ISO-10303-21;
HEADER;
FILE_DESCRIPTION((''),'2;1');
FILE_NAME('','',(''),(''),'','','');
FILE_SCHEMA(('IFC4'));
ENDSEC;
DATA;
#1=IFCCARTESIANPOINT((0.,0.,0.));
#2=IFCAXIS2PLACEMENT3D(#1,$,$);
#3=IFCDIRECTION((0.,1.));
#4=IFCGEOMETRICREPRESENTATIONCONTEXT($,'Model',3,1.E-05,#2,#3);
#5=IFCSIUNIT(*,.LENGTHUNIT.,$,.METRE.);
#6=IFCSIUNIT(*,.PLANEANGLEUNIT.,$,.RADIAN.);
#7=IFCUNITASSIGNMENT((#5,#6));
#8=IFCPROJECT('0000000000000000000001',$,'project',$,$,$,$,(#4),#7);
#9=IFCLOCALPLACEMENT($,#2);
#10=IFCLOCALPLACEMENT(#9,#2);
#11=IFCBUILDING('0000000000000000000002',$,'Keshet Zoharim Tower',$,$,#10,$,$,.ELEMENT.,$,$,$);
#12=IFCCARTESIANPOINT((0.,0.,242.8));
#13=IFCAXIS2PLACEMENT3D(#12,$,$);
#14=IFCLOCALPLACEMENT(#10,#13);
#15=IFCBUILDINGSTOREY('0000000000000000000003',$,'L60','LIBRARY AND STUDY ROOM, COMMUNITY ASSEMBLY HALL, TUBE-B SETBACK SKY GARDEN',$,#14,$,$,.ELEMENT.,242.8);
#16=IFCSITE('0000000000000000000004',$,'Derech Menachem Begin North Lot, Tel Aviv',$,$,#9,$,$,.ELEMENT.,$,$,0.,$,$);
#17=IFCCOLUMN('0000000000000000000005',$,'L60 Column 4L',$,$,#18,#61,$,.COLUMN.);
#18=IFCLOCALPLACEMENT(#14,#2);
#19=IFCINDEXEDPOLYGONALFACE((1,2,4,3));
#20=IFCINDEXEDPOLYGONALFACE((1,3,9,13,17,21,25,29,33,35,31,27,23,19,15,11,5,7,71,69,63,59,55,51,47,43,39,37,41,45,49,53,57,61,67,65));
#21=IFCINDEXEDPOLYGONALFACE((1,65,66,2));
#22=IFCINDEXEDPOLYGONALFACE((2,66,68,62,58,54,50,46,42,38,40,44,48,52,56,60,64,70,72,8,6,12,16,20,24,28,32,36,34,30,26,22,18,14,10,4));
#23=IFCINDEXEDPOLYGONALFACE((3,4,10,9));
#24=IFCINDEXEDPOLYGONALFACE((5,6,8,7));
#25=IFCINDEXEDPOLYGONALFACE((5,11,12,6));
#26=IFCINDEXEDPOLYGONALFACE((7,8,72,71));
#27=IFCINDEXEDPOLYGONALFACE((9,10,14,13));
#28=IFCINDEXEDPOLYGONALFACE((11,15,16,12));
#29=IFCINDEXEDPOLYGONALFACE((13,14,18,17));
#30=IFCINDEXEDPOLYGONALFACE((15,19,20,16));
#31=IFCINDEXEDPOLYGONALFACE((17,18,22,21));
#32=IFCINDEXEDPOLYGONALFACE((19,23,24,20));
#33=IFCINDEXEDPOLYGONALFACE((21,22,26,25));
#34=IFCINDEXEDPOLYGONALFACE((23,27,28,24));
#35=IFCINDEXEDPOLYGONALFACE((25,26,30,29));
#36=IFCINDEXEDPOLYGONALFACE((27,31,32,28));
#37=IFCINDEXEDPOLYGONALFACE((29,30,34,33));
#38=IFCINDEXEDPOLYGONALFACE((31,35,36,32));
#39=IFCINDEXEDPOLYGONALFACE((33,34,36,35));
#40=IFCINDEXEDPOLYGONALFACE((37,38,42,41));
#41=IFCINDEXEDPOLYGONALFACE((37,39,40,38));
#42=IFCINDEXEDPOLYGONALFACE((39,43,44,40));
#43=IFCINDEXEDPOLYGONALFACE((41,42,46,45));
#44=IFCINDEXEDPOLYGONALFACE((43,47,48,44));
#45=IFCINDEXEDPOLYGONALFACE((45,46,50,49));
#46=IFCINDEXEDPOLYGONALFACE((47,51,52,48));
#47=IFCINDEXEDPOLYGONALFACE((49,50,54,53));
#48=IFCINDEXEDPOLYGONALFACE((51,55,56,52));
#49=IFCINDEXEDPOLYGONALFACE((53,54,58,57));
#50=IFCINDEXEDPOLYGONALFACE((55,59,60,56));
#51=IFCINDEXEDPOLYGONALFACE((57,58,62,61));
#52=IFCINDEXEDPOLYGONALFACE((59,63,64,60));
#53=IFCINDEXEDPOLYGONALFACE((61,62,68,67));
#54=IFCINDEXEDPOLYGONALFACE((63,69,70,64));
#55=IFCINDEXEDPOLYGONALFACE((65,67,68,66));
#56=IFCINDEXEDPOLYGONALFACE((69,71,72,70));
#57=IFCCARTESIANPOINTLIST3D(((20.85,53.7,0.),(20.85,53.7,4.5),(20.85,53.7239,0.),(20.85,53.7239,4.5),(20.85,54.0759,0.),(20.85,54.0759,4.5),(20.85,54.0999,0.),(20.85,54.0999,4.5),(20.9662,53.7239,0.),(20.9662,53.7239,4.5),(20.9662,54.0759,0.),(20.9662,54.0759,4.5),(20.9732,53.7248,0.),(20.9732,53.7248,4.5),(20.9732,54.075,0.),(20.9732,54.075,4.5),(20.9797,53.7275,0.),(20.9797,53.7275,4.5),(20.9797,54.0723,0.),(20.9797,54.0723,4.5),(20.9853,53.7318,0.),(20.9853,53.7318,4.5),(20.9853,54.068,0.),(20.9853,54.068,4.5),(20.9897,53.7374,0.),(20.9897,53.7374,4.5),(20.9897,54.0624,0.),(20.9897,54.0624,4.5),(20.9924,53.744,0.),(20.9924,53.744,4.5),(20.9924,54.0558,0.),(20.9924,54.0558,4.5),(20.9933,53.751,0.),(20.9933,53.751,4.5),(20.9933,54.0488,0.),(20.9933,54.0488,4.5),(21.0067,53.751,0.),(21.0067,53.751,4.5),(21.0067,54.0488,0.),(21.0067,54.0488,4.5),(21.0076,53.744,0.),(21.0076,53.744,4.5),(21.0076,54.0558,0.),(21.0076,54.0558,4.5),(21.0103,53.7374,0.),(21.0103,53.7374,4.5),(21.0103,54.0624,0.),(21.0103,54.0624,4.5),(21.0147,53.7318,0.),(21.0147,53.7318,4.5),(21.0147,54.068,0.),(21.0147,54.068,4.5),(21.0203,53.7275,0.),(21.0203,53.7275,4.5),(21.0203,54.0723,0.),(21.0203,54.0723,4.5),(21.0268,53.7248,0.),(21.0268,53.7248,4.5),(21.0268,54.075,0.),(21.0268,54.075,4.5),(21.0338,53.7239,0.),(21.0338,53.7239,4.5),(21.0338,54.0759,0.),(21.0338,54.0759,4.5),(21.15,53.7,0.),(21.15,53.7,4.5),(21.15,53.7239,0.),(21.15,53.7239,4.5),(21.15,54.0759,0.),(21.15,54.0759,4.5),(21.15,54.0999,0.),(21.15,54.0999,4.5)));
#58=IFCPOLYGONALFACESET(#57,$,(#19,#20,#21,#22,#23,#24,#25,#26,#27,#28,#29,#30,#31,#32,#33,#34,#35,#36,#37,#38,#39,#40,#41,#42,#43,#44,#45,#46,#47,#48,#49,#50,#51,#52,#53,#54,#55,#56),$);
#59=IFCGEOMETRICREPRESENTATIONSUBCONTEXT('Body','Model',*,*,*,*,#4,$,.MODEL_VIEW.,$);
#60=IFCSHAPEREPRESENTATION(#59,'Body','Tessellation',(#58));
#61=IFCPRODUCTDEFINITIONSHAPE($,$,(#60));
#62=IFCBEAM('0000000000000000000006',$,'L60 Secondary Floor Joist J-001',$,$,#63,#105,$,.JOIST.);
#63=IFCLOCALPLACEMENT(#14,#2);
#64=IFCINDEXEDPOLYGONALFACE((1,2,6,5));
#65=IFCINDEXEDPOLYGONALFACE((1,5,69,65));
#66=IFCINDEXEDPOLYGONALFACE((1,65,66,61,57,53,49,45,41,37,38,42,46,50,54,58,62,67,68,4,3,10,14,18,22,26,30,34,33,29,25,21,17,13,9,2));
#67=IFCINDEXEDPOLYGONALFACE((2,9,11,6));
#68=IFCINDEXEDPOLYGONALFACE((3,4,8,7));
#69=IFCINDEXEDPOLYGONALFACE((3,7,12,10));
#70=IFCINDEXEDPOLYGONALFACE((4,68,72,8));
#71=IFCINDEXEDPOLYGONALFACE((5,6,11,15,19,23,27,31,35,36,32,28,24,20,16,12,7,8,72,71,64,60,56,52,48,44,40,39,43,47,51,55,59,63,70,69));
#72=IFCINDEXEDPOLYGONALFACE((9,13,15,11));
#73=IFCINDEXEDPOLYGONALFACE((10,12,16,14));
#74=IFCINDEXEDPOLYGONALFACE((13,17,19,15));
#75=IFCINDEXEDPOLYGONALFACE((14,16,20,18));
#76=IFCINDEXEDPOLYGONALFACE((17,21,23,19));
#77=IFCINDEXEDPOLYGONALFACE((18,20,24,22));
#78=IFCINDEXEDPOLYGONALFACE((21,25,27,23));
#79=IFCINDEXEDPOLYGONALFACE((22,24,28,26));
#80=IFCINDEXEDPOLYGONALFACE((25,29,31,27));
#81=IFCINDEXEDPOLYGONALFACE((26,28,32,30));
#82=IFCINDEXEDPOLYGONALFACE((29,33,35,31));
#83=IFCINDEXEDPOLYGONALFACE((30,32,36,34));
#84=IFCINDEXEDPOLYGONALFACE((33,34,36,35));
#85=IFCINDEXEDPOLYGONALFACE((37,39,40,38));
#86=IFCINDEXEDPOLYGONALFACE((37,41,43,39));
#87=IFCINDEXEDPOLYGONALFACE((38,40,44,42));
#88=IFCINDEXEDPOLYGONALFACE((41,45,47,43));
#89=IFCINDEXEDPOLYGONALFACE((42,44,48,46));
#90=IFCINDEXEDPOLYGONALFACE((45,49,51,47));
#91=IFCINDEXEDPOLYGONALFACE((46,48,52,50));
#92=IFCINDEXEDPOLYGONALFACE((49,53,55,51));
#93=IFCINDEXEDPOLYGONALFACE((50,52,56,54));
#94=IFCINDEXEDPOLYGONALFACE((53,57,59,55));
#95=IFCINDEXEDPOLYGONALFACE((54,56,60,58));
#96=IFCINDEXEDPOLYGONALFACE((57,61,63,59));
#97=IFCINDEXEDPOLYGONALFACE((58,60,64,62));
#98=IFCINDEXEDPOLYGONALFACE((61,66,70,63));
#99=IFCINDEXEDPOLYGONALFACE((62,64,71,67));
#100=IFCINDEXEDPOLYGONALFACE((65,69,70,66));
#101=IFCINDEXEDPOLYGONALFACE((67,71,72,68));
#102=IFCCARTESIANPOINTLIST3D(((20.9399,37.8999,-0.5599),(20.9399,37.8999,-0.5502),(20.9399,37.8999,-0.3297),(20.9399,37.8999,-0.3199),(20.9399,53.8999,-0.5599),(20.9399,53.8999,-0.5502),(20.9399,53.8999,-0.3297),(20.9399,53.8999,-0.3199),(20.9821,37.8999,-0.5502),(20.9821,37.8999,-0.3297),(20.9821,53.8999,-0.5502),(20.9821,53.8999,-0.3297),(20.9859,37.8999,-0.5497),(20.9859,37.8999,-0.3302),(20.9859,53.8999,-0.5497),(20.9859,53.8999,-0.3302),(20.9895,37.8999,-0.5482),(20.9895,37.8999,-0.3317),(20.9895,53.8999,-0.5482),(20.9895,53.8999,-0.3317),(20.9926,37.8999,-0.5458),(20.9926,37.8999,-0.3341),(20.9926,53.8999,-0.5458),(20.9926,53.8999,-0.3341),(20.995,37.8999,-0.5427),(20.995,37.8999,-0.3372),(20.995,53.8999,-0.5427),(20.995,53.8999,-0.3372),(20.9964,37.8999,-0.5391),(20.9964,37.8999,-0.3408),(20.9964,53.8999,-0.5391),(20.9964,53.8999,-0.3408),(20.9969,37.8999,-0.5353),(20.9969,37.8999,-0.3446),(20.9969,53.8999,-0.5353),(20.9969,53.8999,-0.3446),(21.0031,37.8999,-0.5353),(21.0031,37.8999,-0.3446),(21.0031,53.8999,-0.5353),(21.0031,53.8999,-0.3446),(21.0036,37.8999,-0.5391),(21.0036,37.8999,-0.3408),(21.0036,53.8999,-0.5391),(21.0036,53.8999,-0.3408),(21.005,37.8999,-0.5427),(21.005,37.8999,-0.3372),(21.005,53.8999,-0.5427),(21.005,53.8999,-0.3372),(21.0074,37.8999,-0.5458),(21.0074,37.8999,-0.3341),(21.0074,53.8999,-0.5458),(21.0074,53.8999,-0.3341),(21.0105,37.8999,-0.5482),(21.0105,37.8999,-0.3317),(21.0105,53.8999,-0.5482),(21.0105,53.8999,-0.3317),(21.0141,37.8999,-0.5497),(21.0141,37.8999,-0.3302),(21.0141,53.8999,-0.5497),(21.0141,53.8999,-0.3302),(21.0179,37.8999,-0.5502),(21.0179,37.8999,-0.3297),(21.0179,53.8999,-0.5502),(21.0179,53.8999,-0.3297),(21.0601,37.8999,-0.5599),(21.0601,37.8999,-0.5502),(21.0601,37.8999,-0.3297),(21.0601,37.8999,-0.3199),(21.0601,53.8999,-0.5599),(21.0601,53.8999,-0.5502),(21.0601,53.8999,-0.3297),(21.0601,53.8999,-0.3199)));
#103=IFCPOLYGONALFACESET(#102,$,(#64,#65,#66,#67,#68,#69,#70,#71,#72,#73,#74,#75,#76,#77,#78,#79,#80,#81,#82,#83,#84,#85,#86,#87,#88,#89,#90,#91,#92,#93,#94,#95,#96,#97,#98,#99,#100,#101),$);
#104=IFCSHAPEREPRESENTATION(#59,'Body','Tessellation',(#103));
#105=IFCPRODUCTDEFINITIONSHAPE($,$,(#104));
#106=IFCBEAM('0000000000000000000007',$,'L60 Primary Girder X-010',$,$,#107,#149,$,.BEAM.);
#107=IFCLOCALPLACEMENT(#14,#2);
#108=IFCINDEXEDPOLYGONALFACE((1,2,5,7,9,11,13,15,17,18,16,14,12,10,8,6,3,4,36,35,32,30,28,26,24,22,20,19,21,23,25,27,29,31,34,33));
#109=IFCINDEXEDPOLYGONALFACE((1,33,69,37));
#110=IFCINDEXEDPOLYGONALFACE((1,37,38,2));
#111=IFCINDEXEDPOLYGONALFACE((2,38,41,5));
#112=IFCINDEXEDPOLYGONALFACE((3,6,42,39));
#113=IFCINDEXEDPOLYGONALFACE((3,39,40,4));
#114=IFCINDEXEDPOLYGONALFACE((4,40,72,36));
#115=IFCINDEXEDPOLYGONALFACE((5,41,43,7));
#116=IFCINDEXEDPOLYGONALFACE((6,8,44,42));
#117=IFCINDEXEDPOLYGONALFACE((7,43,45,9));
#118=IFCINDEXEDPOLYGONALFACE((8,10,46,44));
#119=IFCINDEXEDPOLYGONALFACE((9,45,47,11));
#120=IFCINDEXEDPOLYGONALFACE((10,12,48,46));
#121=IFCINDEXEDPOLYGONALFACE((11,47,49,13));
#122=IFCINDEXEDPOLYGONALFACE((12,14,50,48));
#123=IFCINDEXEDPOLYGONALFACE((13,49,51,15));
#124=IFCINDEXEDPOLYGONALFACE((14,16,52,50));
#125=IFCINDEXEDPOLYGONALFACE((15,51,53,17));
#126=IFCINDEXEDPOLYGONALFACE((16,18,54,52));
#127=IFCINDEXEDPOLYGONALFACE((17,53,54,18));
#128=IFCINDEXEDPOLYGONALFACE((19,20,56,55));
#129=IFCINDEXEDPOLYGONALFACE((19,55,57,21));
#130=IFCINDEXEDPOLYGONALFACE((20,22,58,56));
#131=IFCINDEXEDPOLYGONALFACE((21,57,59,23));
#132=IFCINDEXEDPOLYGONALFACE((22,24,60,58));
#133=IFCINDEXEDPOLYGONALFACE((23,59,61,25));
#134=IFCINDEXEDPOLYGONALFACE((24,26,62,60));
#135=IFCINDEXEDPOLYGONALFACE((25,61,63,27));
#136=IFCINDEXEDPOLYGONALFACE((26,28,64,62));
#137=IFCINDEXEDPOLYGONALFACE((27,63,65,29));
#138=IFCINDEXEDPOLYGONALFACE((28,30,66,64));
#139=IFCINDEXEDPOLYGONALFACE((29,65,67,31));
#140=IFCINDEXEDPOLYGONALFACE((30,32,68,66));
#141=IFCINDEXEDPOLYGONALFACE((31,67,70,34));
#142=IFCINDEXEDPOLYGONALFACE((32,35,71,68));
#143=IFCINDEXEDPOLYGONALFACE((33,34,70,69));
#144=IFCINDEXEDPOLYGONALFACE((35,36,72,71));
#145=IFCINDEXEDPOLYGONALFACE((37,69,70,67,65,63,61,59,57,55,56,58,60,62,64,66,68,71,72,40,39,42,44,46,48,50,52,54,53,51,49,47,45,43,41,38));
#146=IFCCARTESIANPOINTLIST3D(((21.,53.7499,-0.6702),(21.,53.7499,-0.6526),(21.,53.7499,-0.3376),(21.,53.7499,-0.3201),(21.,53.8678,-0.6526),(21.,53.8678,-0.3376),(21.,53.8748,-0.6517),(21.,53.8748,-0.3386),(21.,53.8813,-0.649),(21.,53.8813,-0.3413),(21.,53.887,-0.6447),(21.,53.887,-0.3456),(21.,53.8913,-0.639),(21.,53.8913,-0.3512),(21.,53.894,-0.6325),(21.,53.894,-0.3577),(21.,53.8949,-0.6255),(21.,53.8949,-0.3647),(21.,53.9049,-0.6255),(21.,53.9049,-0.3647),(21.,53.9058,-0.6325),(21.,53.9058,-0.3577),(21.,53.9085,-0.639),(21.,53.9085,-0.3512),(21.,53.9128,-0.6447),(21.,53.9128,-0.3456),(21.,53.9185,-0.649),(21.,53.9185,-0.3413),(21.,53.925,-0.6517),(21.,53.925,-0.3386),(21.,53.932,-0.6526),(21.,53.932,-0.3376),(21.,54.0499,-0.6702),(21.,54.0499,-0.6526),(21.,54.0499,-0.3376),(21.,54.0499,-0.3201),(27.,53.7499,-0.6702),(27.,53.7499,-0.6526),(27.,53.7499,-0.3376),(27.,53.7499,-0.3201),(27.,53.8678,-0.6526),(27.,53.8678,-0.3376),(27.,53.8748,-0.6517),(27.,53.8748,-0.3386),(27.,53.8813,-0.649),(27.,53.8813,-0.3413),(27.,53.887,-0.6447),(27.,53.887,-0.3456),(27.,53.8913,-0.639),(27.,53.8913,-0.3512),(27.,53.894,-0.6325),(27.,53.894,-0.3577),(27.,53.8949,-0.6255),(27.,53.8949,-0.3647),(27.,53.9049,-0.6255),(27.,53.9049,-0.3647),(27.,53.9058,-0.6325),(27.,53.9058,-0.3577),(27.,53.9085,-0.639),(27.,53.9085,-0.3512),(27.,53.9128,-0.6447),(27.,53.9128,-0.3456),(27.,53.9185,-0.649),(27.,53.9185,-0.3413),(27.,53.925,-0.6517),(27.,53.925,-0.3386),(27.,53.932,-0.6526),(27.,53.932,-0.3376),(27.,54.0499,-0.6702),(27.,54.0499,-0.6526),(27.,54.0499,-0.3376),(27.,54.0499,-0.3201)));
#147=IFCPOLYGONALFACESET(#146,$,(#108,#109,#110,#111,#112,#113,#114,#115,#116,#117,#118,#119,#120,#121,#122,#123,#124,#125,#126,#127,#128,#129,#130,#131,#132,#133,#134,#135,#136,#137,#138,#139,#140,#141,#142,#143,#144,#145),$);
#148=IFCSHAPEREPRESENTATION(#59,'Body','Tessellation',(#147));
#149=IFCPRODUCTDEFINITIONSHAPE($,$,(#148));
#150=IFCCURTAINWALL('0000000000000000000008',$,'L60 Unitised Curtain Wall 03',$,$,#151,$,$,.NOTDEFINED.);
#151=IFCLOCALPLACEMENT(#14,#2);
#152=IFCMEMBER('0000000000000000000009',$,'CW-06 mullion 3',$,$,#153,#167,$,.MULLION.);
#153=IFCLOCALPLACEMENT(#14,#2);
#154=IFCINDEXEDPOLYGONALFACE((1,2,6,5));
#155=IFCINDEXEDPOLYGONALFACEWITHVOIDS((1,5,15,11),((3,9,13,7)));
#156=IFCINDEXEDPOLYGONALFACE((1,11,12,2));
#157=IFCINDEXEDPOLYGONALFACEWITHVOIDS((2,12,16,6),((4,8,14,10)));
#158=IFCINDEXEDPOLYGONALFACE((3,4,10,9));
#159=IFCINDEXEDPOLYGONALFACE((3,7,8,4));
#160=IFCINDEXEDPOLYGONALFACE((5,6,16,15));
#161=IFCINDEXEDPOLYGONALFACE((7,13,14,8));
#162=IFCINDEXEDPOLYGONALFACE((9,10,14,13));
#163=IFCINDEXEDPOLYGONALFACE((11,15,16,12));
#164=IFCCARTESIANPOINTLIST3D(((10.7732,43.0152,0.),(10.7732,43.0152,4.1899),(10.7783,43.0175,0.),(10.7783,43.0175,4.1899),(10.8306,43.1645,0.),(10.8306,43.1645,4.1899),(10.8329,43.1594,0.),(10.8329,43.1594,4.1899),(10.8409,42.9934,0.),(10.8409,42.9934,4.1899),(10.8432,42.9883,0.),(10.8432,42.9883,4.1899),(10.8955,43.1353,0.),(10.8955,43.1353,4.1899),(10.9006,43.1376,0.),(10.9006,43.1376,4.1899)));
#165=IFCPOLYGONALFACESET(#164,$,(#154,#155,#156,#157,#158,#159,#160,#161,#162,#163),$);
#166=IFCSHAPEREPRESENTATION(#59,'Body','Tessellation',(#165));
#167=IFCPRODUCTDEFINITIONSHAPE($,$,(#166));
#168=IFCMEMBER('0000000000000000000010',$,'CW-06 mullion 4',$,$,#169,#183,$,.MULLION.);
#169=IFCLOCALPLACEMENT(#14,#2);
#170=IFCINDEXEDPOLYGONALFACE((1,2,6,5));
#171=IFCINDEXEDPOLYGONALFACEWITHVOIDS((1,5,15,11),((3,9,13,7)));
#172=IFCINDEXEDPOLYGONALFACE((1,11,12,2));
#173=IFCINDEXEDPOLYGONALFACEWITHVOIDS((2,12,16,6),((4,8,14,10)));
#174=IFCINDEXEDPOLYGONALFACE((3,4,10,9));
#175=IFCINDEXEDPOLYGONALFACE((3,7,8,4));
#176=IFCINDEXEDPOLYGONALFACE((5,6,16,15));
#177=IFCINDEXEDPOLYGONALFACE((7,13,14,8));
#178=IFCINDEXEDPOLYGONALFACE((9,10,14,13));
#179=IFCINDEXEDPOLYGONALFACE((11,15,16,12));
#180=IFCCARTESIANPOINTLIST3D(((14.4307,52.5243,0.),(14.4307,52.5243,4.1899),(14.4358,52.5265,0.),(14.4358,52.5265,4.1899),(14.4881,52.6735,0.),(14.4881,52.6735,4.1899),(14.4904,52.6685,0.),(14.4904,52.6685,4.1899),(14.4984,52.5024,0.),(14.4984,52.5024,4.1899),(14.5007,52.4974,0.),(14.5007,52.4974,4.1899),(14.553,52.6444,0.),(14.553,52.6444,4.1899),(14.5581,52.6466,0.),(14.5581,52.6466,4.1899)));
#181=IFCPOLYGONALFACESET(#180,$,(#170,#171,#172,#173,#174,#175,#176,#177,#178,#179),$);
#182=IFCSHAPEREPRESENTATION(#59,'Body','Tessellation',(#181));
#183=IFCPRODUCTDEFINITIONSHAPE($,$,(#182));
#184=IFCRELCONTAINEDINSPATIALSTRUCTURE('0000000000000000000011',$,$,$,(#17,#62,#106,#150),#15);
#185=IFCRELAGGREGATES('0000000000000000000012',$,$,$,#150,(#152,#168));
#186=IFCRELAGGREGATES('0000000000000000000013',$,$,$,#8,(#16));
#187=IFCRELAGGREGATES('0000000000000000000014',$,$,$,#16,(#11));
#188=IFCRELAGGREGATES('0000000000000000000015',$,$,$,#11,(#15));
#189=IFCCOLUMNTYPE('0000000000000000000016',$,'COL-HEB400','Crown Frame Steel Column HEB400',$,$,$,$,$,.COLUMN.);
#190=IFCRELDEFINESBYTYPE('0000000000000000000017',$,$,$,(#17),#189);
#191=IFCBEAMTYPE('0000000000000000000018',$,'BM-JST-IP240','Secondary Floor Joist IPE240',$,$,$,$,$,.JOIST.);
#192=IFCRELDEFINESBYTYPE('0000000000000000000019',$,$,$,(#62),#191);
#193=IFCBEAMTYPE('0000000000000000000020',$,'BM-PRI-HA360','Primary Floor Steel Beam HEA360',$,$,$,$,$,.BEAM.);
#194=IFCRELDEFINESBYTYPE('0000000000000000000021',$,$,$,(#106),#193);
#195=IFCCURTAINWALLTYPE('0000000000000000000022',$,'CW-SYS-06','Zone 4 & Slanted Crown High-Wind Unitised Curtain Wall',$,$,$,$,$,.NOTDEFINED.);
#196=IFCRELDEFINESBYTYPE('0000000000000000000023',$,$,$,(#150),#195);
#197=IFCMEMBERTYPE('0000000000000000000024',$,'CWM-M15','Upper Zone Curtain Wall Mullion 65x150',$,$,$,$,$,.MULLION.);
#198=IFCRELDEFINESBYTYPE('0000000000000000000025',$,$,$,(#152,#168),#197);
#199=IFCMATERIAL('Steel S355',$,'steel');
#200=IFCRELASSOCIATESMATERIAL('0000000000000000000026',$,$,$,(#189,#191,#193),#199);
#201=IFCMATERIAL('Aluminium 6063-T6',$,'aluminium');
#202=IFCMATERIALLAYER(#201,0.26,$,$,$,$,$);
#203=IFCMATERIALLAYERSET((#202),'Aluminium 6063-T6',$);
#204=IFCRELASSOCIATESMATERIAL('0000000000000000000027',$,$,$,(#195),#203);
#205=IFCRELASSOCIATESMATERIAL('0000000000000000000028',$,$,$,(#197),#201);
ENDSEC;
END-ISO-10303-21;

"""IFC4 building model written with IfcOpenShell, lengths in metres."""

from ifc_helpers import new_model, si_unit, direction, frame, origin, origin_2d, place, context, subcontext, project, spatial, hollow_rectangle, i_section, extrude, material, layer, layer_set, material_profile, profile_set, type_object, element, aggregate, save


model = new_model("IFC4")

# Units and contexts
model_context = context("Model", 3, precision=1e-05, world=origin(), true_north=direction((0.0, 1.0)))
body_context = subcontext(model_context, "Body", "Model", "MODEL_VIEW")
ifc_project = project(units=[si_unit("LENGTHUNIT", "METRE"), si_unit("PLANEANGLEUNIT", "RADIAN")], contexts=[model_context])

# Site, building, storey
site_placement = place(None, origin())
site = spatial("IfcSite", under=ifc_project, at=site_placement, Name="Derech Menachem Begin North Lot, Tel Aviv", CompositionType="ELEMENT", RefElevation=0.0)
building_placement = place(site_placement, origin())
building = spatial("IfcBuilding", under=site, at=building_placement, Name="Keshet Zoharim Tower", CompositionType="ELEMENT")
storey_placement = place(building_placement, frame((0.0, 0.0, 242.8)))
storey = spatial("IfcBuildingStorey", under=building, at=storey_placement, Name="L60", Description="LIBRARY AND STUDY ROOM, COMMUNITY ASSEMBLY HALL, TUBE-B SETBACK SKY GARDEN", CompositionType="ELEMENT", Elevation=242.8)

# Column
ifc_material_1 = material(Name="Steel S355", Category="steel")
ifc_material_profile_1 = material_profile(ifc_material_1, i_section(OverallWidth=0.3, OverallDepth=0.3999, WebThickness=0.0134, FlangeThickness=0.0239, FilletRadius=0.0271, at=origin_2d()), Name="HEB400")
ifc_profile_set_1 = profile_set([ifc_material_profile_1], Name="Steel S355")
column_type = type_object("IfcColumnType", Name="COL-HEB400", Description="Crown Frame Steel Column HEB400", PredefinedType="COLUMN", material=ifc_profile_set_1)
column_placement = place(storey_placement, frame((21.0, 53.8999, 0.0), z_axis=(0.0, 0.0, 1.0), x_axis=(1.0, 0.0, 0.0)))
element("IfcColumn", 1, at=column_placement, inside=storey, type_object=column_type, Name="L60 Column 4L", PredefinedType="COLUMN", context=body_context, shape_type="SweptSolid", body=[
    extrude(i_section(OverallWidth=0.3, OverallDepth=0.3999, WebThickness=0.0134, FlangeThickness=0.0239, FilletRadius=0.0271, at=origin_2d()), origin(), (0.0, 0.0, 1.0), 4.5),
])

# Beams
ifc_material_profile_2 = material_profile(ifc_material_1, i_section(OverallWidth=0.1201, OverallDepth=0.24, WebThickness=0.0061, FlangeThickness=0.0098, FilletRadius=0.0149, at=origin_2d()), Name="IPE240")
ifc_profile_set_2 = profile_set([ifc_material_profile_2], Name="Steel S355")
beam_type_1 = type_object("IfcBeamType", Name="BM-JST-IP240", Description="Secondary Floor Joist IPE240", PredefinedType="JOIST", material=ifc_profile_set_2)
beam_1_placement = place(storey_placement, frame((21.0, 37.8999, -0.4399), z_axis=(0.0, 1.0, 0.0), x_axis=(-1.0, 0.0, 0.0)))
element("IfcBeam", 2, at=beam_1_placement, inside=storey, type_object=beam_type_1, Name="L60 Secondary Floor Joist J-001", PredefinedType="JOIST", context=body_context, shape_type="SweptSolid", body=[
    extrude(i_section(OverallWidth=0.1201, OverallDepth=0.24, WebThickness=0.0061, FlangeThickness=0.0098, FilletRadius=0.0149, at=origin_2d()), origin(), (0.0, 0.0, 1.0), 16.0),
])
ifc_material_profile_3 = material_profile(ifc_material_1, i_section(OverallWidth=0.3, OverallDepth=0.3501, WebThickness=0.01, FlangeThickness=0.0176, FilletRadius=0.0271, at=origin_2d()), Name="HEA360")
ifc_profile_set_3 = profile_set([ifc_material_profile_3], Name="Steel S355")
beam_type_2 = type_object("IfcBeamType", Name="BM-PRI-HA360", Description="Primary Floor Steel Beam HEA360", PredefinedType="BEAM", material=ifc_profile_set_3)
beam_2_placement = place(storey_placement, frame((21.0, 53.8999, -0.4951), z_axis=(1.0, 0.0, 0.0), x_axis=(0.0, 1.0, 0.0)))
element("IfcBeam", 3, at=beam_2_placement, inside=storey, type_object=beam_type_2, Name="L60 Primary Girder X-010", PredefinedType="BEAM", context=body_context, shape_type="SweptSolid", body=[
    extrude(i_section(OverallWidth=0.3, OverallDepth=0.3501, WebThickness=0.01, FlangeThickness=0.0176, FilletRadius=0.0271, at=origin_2d()), origin(), (0.0, 0.0, 1.0), 6.0),
])

# Curtain wall, members
ifc_material_2 = material(Name="Aluminium 6063-T6", Category="aluminium")
ifc_layer_1 = layer(ifc_material_2, 0.26)
ifc_layer_set_1 = layer_set([ifc_layer_1], Name="Aluminium 6063-T6")
curtain_wall_type = type_object("IfcCurtainWallType", Name="CW-SYS-06", Description="Zone 4 & Slanted Crown High-Wind Unitised Curtain Wall", PredefinedType="NOTDEFINED", material=ifc_layer_set_1)
curtain_wall_1_placement = place(storey_placement, origin())
curtain_wall_1 = element("IfcCurtainWall", 4, at=curtain_wall_1_placement, inside=storey, type_object=curtain_wall_type, Name="L60 Unitised Curtain Wall 03", PredefinedType="NOTDEFINED")
ifc_material_profile_4 = material_profile(ifc_material_2, hollow_rectangle(XDim=0.075, YDim=0.1599, WallThickness=0.0039, at=origin_2d()), Name="MUL-75x160")
ifc_profile_set_4 = profile_set([ifc_material_profile_4], Name="Aluminium 6063-T6")
member_type_1 = type_object("IfcMemberType", Name="CWM-M15", Description="Upper Zone Curtain Wall Mullion 65x150", PredefinedType="MULLION", material=ifc_profile_set_4)
member_1_placement = place(storey_placement, frame((10.8369, 43.0764, 0.0), z_axis=(0.0, 0.0, 1.0), x_axis=(-0.933341, 0.35899, 0.0)))
member_1 = element("IfcMember", 5, at=member_1_placement, type_object=member_type_1, Name="CW-06 mullion 3", PredefinedType="MULLION", context=body_context, shape_type="SweptSolid", body=[
    extrude(hollow_rectangle(XDim=0.075, YDim=0.1599, WallThickness=0.0039, at=origin_2d()), origin(), (0.0, 0.0, 1.0), 4.1899),
])
member_2_placement = place(storey_placement, frame((14.4944, 52.5854, 0.0), z_axis=(0.0, 0.0, 1.0), x_axis=(-0.933341, 0.35899, 0.0)))
member_2 = element("IfcMember", 6, at=member_2_placement, type_object=member_type_1, Name="CW-06 mullion 4", PredefinedType="MULLION", context=body_context, shape_type="SweptSolid", body=[
    extrude(hollow_rectangle(XDim=0.075, YDim=0.1599, WallThickness=0.0039, at=origin_2d()), origin(), (0.0, 0.0, 1.0), 4.1899),
])

aggregate(curtain_wall_1, [member_1, member_2])

save(model, "model.ifc")
